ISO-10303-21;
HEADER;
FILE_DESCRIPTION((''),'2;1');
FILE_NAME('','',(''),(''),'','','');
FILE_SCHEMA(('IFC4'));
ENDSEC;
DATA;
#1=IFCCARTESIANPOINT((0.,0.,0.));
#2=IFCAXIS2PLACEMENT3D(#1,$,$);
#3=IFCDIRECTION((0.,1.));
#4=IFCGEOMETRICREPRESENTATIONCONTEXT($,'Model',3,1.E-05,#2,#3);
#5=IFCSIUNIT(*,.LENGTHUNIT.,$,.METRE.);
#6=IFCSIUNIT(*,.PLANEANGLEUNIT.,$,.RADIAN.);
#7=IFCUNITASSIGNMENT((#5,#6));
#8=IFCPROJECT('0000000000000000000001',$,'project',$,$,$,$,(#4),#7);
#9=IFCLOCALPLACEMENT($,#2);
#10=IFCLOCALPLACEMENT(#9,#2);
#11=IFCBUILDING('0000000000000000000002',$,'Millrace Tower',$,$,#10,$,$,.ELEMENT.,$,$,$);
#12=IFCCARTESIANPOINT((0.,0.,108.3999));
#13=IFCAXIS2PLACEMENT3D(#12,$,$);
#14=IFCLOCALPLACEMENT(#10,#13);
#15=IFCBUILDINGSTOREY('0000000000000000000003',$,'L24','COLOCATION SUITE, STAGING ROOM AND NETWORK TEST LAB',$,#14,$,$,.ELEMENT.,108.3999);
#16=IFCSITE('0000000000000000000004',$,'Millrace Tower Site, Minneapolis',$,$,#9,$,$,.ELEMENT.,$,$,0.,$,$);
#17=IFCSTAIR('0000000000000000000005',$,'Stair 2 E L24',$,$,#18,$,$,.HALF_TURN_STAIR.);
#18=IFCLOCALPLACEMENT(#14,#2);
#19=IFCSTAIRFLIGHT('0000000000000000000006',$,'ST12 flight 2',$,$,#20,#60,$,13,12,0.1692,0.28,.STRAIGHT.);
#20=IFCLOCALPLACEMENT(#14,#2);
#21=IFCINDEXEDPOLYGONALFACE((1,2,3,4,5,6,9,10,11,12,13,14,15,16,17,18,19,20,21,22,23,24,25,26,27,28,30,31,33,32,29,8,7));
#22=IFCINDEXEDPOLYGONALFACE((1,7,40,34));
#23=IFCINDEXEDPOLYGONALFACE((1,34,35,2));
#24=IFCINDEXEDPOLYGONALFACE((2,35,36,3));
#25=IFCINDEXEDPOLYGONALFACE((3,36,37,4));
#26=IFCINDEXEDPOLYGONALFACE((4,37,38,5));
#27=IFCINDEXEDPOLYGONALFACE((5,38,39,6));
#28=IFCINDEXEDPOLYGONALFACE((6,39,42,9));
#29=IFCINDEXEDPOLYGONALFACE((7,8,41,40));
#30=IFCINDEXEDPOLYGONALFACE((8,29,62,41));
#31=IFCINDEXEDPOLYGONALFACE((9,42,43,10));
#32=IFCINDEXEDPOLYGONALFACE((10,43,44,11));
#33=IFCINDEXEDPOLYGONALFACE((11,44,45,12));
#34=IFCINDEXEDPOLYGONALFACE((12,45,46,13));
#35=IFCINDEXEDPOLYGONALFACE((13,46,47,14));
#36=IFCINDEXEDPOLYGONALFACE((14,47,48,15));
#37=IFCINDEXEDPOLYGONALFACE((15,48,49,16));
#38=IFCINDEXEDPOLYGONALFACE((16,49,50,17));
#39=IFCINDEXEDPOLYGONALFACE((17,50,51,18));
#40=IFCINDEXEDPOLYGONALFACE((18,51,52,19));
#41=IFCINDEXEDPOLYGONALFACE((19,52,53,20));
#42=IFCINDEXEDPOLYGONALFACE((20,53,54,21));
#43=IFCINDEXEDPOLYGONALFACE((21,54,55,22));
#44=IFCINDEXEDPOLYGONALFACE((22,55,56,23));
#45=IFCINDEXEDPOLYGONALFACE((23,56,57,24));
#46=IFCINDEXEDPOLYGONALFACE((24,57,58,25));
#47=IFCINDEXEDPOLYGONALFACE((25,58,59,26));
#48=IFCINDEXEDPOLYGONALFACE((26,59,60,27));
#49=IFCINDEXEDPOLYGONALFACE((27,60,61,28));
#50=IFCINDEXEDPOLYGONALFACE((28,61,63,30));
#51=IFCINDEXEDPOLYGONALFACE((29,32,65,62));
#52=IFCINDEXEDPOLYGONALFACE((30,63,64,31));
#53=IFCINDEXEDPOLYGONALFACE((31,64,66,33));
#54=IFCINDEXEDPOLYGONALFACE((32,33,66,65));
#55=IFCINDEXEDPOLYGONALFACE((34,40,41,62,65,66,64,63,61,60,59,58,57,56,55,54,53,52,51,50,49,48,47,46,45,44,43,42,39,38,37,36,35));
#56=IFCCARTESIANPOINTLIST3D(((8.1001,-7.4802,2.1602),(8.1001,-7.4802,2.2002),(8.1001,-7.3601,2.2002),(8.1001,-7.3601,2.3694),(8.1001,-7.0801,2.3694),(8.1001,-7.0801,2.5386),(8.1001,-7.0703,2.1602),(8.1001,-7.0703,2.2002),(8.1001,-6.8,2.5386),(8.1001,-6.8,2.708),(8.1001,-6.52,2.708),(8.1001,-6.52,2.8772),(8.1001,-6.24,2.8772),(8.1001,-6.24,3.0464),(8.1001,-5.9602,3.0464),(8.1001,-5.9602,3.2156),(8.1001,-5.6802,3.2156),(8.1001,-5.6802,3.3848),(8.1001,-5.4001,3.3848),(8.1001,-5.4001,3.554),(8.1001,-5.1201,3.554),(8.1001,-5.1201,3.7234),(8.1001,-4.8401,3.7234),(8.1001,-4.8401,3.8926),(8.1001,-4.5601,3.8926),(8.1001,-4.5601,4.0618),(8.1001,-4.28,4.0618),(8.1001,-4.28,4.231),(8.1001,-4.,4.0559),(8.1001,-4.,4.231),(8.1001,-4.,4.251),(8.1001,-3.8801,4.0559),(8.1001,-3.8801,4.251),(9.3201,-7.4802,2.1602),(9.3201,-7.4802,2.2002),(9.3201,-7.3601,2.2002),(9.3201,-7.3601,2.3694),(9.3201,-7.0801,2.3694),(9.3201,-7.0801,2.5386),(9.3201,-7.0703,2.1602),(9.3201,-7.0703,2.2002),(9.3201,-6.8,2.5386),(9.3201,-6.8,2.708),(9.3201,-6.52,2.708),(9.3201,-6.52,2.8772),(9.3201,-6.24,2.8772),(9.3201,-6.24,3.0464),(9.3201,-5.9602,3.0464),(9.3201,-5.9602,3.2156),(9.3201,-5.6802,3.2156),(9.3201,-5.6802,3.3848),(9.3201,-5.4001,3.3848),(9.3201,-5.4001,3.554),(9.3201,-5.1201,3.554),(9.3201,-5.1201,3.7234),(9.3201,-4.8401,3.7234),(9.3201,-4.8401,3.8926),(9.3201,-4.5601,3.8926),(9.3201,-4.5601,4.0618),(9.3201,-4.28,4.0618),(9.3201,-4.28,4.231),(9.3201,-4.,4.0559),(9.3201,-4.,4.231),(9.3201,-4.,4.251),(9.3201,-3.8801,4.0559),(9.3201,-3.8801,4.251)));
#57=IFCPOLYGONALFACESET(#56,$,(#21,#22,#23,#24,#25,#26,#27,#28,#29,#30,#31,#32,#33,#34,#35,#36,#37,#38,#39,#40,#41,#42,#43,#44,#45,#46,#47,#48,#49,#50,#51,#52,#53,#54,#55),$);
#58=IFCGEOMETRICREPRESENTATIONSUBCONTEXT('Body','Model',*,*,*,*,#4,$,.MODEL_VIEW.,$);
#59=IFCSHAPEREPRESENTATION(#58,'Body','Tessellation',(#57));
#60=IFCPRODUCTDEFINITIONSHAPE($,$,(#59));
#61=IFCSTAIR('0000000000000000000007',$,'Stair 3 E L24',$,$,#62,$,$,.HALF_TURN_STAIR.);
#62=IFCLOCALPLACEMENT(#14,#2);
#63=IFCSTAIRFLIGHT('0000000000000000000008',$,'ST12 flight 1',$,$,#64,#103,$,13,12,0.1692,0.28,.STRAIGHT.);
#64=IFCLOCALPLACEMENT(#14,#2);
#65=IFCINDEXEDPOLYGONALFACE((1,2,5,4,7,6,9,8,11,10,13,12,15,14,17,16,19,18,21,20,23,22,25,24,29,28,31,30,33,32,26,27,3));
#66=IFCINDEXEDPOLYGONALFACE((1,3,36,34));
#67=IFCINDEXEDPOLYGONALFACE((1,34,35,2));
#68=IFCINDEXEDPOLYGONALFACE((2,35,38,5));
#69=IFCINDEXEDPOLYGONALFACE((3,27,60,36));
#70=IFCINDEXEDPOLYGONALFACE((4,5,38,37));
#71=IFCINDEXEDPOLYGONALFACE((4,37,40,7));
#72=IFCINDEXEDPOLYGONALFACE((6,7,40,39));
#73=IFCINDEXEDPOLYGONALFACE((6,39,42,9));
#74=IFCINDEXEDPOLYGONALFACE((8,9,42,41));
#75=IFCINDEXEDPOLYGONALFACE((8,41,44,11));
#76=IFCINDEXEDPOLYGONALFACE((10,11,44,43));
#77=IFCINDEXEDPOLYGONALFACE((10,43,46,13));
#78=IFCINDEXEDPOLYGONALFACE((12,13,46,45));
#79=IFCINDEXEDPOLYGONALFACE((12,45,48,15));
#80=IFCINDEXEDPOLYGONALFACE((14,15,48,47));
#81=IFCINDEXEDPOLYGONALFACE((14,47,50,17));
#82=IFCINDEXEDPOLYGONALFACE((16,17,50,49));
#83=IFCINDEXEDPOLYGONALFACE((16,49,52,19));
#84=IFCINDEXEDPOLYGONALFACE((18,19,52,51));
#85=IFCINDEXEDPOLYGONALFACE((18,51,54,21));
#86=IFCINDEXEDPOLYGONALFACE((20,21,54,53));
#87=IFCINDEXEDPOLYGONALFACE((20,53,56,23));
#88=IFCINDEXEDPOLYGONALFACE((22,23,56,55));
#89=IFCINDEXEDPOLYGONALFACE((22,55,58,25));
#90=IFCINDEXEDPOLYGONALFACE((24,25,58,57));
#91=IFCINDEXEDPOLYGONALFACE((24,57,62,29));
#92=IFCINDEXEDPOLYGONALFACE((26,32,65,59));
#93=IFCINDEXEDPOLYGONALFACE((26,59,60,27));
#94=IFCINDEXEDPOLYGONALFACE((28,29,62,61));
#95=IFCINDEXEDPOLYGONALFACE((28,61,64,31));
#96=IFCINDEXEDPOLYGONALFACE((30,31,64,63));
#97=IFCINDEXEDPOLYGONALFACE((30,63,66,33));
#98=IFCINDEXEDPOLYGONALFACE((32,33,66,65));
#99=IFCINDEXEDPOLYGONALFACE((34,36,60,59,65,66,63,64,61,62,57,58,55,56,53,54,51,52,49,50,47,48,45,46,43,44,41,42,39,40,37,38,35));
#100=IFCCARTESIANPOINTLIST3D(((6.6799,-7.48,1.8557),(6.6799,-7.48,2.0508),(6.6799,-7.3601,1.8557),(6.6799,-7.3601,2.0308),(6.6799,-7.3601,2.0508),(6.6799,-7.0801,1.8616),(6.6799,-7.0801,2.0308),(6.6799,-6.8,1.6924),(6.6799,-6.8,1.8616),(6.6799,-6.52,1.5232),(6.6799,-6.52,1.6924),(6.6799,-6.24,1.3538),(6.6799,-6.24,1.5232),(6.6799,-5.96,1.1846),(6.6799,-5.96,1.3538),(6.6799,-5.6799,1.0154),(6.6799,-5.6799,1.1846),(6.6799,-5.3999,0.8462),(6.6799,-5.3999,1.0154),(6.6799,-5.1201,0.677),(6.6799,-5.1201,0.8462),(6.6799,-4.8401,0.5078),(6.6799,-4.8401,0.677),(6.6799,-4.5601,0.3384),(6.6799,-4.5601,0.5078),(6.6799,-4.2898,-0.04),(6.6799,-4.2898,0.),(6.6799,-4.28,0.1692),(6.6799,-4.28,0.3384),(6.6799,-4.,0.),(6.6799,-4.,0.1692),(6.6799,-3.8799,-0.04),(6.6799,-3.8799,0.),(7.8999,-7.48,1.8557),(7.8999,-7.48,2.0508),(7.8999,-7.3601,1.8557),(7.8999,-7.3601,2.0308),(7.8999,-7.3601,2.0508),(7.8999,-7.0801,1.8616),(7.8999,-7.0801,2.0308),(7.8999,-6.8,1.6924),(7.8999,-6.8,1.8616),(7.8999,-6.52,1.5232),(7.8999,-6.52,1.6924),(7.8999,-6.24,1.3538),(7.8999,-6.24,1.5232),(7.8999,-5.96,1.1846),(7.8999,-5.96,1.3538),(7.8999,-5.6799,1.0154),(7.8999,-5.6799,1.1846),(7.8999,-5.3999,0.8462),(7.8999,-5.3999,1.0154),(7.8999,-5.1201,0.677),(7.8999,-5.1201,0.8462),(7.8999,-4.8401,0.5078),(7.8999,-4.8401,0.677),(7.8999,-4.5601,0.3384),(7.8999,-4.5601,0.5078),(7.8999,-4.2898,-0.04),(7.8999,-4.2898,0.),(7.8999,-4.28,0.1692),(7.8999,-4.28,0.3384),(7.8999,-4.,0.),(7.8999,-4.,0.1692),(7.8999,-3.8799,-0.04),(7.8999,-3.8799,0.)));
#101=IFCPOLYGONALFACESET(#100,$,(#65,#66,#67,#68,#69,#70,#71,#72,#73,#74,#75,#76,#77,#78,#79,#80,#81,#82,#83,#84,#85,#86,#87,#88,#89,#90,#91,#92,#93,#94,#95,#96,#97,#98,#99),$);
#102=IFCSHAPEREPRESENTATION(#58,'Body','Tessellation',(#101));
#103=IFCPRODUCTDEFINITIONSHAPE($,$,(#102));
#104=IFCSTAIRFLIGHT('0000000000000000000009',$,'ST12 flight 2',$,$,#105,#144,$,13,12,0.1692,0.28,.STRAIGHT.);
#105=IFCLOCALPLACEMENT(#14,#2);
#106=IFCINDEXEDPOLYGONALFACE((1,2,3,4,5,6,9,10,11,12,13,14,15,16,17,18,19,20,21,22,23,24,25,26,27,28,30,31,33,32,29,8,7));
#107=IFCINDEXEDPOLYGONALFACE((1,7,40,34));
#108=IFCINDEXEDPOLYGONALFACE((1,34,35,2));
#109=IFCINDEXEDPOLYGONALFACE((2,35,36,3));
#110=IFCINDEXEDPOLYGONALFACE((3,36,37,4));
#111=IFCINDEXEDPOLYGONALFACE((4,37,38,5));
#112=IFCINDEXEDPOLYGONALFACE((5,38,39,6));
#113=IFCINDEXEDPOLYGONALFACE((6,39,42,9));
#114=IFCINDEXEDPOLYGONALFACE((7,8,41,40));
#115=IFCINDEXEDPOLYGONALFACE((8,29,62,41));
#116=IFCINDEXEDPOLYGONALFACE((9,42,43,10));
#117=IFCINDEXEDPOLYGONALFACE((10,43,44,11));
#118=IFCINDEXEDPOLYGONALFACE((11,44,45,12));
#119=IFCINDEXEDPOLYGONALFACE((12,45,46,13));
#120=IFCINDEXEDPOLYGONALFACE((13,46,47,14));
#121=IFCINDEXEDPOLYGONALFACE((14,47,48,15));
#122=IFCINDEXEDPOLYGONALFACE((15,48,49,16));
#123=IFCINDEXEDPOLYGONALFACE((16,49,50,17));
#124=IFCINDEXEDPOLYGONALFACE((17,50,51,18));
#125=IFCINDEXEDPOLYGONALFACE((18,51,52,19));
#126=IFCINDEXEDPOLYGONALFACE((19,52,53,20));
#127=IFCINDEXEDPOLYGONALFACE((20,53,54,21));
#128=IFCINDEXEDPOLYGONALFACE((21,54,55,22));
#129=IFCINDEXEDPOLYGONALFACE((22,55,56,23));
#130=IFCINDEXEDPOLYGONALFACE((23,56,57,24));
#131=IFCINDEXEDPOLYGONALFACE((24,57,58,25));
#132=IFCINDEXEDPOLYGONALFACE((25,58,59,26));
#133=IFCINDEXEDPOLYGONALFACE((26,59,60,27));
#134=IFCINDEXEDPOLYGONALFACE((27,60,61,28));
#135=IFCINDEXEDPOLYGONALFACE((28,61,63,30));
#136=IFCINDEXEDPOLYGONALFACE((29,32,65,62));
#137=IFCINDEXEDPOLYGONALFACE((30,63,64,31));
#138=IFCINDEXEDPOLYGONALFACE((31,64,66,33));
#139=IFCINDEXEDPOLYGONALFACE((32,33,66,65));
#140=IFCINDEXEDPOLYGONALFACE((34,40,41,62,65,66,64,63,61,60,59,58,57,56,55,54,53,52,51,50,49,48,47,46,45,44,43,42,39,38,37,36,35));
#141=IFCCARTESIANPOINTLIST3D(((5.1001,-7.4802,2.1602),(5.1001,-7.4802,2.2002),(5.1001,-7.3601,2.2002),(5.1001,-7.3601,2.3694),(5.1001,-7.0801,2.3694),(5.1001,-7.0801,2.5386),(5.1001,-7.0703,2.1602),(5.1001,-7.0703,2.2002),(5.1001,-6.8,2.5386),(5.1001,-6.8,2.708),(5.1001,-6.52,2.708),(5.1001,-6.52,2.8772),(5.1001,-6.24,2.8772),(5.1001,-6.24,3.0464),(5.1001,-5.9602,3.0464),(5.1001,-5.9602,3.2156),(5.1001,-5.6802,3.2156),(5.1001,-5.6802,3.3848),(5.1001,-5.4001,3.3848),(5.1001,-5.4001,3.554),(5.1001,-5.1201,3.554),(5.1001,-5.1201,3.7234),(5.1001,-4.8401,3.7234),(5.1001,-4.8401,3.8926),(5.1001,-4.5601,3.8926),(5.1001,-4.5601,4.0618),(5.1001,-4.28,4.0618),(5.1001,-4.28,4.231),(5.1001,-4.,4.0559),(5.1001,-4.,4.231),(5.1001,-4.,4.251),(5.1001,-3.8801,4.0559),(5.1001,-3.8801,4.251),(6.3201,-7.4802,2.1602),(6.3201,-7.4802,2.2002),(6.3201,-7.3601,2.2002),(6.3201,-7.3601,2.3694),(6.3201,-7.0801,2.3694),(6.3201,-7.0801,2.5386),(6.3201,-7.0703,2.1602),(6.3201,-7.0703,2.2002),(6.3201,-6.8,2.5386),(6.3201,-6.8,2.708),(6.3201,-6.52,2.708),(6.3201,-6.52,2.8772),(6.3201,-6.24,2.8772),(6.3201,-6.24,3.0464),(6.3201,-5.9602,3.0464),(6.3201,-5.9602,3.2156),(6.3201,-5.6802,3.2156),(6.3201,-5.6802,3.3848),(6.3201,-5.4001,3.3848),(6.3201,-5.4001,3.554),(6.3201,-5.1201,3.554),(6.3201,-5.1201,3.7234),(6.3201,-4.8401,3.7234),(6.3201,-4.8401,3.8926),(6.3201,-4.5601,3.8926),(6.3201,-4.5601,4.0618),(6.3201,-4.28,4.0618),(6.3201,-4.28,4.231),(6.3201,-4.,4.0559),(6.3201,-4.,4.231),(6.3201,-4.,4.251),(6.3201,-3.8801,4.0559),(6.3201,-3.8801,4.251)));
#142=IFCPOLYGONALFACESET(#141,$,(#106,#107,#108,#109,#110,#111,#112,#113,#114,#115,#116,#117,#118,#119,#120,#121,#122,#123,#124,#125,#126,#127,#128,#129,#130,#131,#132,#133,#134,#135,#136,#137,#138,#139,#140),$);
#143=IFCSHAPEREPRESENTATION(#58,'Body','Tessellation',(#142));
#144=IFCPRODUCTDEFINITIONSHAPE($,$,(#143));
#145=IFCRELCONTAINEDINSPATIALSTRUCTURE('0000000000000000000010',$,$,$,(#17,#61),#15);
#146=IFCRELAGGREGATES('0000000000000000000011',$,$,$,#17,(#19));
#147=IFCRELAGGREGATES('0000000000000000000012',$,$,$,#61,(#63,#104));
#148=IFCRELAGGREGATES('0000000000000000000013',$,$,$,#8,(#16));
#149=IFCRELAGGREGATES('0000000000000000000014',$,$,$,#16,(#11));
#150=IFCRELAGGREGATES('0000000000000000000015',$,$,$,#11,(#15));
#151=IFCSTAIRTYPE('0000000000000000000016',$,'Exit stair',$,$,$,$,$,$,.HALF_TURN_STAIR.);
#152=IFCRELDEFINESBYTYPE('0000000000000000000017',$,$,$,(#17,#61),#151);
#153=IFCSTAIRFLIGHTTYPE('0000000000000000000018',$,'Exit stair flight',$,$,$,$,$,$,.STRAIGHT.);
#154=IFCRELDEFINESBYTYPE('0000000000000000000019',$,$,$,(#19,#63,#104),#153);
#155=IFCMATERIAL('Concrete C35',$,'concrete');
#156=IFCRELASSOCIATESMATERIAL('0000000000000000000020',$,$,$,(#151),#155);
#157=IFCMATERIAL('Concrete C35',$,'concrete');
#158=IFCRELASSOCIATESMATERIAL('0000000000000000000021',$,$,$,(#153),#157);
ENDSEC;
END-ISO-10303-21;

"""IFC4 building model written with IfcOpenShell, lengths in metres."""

from ifc_helpers import new_model, si_unit, direction, frame, origin, place, context, subcontext, project, spatial, polyline, outline, extrude, material, type_object, element, aggregate, save


model = new_model("IFC4")

# Units and contexts
model_context = context("Model", 3, precision=1e-05, world=origin(), true_north=direction((0.0, 1.0)))
body_context = subcontext(model_context, "Body", "Model", "MODEL_VIEW")
ifc_project = project(units=[si_unit("LENGTHUNIT", "METRE"), si_unit("PLANEANGLEUNIT", "RADIAN")], contexts=[model_context])

# Site, building, storey
site_placement = place(None, origin())
site = spatial("IfcSite", under=ifc_project, at=site_placement, Name="Millrace Tower Site, Minneapolis", CompositionType="ELEMENT", RefElevation=0.0)
building_placement = place(site_placement, origin())
building = spatial("IfcBuilding", under=site, at=building_placement, Name="Millrace Tower", CompositionType="ELEMENT")
storey_placement = place(building_placement, frame((0.0, 0.0, 108.3999)))
storey = spatial("IfcBuildingStorey", under=building, at=storey_placement, Name="L24", Description="COLOCATION SUITE, STAGING ROOM AND NETWORK TEST LAB", CompositionType="ELEMENT", Elevation=108.3999)

# Shared definitions
placement_1 = place(storey_placement, origin())

# Stairs, stair flights
ifc_material_1 = material(Name="Concrete C35", Category="concrete")
stair_type = type_object("IfcStairType", Name="Exit stair", PredefinedType="HALF_TURN_STAIR", material=ifc_material_1)
ifc_material_2 = material(Name="Concrete C35", Category="concrete")
stair_flight_type = type_object("IfcStairFlightType", Name="Exit stair flight", PredefinedType="STRAIGHT", material=ifc_material_2)
stair_1 = element("IfcStair", 1, at=placement_1, inside=storey, type_object=stair_type, Name="Stair 2 E L24", PredefinedType="HALF_TURN_STAIR")
stair_flight_1_placement = place(storey_placement, frame((8.71, -7.3601, 2.2002), z_axis=(0.0, 0.0, 1.0), x_axis=(0.0, 1.0, 0.0)))
stair_flight_1 = element("IfcStairFlight", 2, at=stair_flight_1_placement, type_object=stair_flight_type, Name="ST12 flight 2", NumberOfRisers=13, NumberOfTreads=12, PredefinedType="STRAIGHT", RiserHeight=0.1692, TreadLength=0.28, context=body_context, shape_type="SweptSolid", body=[
    extrude(outline(polyline([(-0.1201, -0.04), (-0.1201, 0.0), (0.0, 0.0), (0.0, 0.1692), (0.28, 0.1692), (0.28, 0.3384), (0.5601, 0.3384), (0.5601, 0.5078), (0.8401, 0.5078), (0.8401, 0.677), (1.1201, 0.677), (1.1201, 0.8462), (1.3999, 0.8462), (1.3999, 1.0154), (1.6799, 1.0154), (1.6799, 1.1846), (1.96, 1.1846), (1.96, 1.3538), (2.24, 1.3538), (2.24, 1.5232), (2.52, 1.5232), (2.52, 1.6924), (2.8, 1.6924), (2.8, 1.8616), (3.0801, 1.8616), (3.0801, 2.0308), (3.3601, 2.0308), (3.3601, 2.0508), (3.48, 2.0508), (3.48, 1.8557), (3.3601, 1.8557), (0.2898, 0.0), (0.2898, -0.04), (-0.1201, -0.04)])), frame((0.0, 0.6099, 0.0), z_axis=(0.0, -1.0, 0.0), x_axis=(1.0, 0.0, 0.0)), (0.0, 0.0, 1.0), 1.22),
])
aggregate(stair_1, [stair_flight_1])
stair_2 = element("IfcStair", 3, at=placement_1, inside=storey, type_object=stair_type, Name="Stair 3 E L24", PredefinedType="HALF_TURN_STAIR")
stair_flight_2_placement = place(storey_placement, frame((7.29, -4.0, 0.0), z_axis=(0.0, 0.0, 1.0), x_axis=(0.0, -1.0, 0.0)))
stair_flight_2 = element("IfcStairFlight", 4, at=stair_flight_2_placement, type_object=stair_flight_type, Name="ST12 flight 1", NumberOfRisers=13, NumberOfTreads=12, PredefinedType="STRAIGHT", RiserHeight=0.1692, TreadLength=0.28, context=body_context, shape_type="SweptSolid", body=[
    extrude(outline(polyline([(-0.1201, -0.04), (-0.1201, 0.0), (0.0, 0.0), (0.0, 0.1692), (0.28, 0.1692), (0.28, 0.3384), (0.5601, 0.3384), (0.5601, 0.5078), (0.8401, 0.5078), (0.8401, 0.677), (1.1201, 0.677), (1.1201, 0.8462), (1.3999, 0.8462), (1.3999, 1.0154), (1.6799, 1.0154), (1.6799, 1.1846), (1.96, 1.1846), (1.96, 1.3538), (2.24, 1.3538), (2.24, 1.5232), (2.52, 1.5232), (2.52, 1.6924), (2.8, 1.6924), (2.8, 1.8616), (3.0801, 1.8616), (3.0801, 2.0308), (3.3601, 2.0308), (3.3601, 2.0508), (3.48, 2.0508), (3.48, 1.8557), (3.3601, 1.8557), (0.2898, 0.0), (0.2898, -0.04), (-0.1201, -0.04)])), frame((0.0, 0.6099, 0.0), z_axis=(0.0, -1.0, 0.0), x_axis=(1.0, 0.0, 0.0)), (0.0, 0.0, 1.0), 1.22),
])
stair_flight_3_placement = place(storey_placement, frame((5.71, -7.3601, 2.2002), z_axis=(0.0, 0.0, 1.0), x_axis=(0.0, 1.0, 0.0)))
stair_flight_3 = element("IfcStairFlight", 5, at=stair_flight_3_placement, type_object=stair_flight_type, Name="ST12 flight 2", NumberOfRisers=13, NumberOfTreads=12, PredefinedType="STRAIGHT", RiserHeight=0.1692, TreadLength=0.28, context=body_context, shape_type="SweptSolid", body=[
    extrude(outline(polyline([(-0.1201, -0.04), (-0.1201, 0.0), (0.0, 0.0), (0.0, 0.1692), (0.28, 0.1692), (0.28, 0.3384), (0.5601, 0.3384), (0.5601, 0.5078), (0.8401, 0.5078), (0.8401, 0.677), (1.1201, 0.677), (1.1201, 0.8462), (1.3999, 0.8462), (1.3999, 1.0154), (1.6799, 1.0154), (1.6799, 1.1846), (1.96, 1.1846), (1.96, 1.3538), (2.24, 1.3538), (2.24, 1.5232), (2.52, 1.5232), (2.52, 1.6924), (2.8, 1.6924), (2.8, 1.8616), (3.0801, 1.8616), (3.0801, 2.0308), (3.3601, 2.0308), (3.3601, 2.0508), (3.48, 2.0508), (3.48, 1.8557), (3.3601, 1.8557), (0.2898, 0.0), (0.2898, -0.04), (-0.1201, -0.04)])), frame((0.0, 0.6099, 0.0), z_axis=(0.0, -1.0, 0.0), x_axis=(1.0, 0.0, 0.0)), (0.0, 0.0, 1.0), 1.22),
])
aggregate(stair_2, [stair_flight_2, stair_flight_3])

save(model, "model.ifc")
